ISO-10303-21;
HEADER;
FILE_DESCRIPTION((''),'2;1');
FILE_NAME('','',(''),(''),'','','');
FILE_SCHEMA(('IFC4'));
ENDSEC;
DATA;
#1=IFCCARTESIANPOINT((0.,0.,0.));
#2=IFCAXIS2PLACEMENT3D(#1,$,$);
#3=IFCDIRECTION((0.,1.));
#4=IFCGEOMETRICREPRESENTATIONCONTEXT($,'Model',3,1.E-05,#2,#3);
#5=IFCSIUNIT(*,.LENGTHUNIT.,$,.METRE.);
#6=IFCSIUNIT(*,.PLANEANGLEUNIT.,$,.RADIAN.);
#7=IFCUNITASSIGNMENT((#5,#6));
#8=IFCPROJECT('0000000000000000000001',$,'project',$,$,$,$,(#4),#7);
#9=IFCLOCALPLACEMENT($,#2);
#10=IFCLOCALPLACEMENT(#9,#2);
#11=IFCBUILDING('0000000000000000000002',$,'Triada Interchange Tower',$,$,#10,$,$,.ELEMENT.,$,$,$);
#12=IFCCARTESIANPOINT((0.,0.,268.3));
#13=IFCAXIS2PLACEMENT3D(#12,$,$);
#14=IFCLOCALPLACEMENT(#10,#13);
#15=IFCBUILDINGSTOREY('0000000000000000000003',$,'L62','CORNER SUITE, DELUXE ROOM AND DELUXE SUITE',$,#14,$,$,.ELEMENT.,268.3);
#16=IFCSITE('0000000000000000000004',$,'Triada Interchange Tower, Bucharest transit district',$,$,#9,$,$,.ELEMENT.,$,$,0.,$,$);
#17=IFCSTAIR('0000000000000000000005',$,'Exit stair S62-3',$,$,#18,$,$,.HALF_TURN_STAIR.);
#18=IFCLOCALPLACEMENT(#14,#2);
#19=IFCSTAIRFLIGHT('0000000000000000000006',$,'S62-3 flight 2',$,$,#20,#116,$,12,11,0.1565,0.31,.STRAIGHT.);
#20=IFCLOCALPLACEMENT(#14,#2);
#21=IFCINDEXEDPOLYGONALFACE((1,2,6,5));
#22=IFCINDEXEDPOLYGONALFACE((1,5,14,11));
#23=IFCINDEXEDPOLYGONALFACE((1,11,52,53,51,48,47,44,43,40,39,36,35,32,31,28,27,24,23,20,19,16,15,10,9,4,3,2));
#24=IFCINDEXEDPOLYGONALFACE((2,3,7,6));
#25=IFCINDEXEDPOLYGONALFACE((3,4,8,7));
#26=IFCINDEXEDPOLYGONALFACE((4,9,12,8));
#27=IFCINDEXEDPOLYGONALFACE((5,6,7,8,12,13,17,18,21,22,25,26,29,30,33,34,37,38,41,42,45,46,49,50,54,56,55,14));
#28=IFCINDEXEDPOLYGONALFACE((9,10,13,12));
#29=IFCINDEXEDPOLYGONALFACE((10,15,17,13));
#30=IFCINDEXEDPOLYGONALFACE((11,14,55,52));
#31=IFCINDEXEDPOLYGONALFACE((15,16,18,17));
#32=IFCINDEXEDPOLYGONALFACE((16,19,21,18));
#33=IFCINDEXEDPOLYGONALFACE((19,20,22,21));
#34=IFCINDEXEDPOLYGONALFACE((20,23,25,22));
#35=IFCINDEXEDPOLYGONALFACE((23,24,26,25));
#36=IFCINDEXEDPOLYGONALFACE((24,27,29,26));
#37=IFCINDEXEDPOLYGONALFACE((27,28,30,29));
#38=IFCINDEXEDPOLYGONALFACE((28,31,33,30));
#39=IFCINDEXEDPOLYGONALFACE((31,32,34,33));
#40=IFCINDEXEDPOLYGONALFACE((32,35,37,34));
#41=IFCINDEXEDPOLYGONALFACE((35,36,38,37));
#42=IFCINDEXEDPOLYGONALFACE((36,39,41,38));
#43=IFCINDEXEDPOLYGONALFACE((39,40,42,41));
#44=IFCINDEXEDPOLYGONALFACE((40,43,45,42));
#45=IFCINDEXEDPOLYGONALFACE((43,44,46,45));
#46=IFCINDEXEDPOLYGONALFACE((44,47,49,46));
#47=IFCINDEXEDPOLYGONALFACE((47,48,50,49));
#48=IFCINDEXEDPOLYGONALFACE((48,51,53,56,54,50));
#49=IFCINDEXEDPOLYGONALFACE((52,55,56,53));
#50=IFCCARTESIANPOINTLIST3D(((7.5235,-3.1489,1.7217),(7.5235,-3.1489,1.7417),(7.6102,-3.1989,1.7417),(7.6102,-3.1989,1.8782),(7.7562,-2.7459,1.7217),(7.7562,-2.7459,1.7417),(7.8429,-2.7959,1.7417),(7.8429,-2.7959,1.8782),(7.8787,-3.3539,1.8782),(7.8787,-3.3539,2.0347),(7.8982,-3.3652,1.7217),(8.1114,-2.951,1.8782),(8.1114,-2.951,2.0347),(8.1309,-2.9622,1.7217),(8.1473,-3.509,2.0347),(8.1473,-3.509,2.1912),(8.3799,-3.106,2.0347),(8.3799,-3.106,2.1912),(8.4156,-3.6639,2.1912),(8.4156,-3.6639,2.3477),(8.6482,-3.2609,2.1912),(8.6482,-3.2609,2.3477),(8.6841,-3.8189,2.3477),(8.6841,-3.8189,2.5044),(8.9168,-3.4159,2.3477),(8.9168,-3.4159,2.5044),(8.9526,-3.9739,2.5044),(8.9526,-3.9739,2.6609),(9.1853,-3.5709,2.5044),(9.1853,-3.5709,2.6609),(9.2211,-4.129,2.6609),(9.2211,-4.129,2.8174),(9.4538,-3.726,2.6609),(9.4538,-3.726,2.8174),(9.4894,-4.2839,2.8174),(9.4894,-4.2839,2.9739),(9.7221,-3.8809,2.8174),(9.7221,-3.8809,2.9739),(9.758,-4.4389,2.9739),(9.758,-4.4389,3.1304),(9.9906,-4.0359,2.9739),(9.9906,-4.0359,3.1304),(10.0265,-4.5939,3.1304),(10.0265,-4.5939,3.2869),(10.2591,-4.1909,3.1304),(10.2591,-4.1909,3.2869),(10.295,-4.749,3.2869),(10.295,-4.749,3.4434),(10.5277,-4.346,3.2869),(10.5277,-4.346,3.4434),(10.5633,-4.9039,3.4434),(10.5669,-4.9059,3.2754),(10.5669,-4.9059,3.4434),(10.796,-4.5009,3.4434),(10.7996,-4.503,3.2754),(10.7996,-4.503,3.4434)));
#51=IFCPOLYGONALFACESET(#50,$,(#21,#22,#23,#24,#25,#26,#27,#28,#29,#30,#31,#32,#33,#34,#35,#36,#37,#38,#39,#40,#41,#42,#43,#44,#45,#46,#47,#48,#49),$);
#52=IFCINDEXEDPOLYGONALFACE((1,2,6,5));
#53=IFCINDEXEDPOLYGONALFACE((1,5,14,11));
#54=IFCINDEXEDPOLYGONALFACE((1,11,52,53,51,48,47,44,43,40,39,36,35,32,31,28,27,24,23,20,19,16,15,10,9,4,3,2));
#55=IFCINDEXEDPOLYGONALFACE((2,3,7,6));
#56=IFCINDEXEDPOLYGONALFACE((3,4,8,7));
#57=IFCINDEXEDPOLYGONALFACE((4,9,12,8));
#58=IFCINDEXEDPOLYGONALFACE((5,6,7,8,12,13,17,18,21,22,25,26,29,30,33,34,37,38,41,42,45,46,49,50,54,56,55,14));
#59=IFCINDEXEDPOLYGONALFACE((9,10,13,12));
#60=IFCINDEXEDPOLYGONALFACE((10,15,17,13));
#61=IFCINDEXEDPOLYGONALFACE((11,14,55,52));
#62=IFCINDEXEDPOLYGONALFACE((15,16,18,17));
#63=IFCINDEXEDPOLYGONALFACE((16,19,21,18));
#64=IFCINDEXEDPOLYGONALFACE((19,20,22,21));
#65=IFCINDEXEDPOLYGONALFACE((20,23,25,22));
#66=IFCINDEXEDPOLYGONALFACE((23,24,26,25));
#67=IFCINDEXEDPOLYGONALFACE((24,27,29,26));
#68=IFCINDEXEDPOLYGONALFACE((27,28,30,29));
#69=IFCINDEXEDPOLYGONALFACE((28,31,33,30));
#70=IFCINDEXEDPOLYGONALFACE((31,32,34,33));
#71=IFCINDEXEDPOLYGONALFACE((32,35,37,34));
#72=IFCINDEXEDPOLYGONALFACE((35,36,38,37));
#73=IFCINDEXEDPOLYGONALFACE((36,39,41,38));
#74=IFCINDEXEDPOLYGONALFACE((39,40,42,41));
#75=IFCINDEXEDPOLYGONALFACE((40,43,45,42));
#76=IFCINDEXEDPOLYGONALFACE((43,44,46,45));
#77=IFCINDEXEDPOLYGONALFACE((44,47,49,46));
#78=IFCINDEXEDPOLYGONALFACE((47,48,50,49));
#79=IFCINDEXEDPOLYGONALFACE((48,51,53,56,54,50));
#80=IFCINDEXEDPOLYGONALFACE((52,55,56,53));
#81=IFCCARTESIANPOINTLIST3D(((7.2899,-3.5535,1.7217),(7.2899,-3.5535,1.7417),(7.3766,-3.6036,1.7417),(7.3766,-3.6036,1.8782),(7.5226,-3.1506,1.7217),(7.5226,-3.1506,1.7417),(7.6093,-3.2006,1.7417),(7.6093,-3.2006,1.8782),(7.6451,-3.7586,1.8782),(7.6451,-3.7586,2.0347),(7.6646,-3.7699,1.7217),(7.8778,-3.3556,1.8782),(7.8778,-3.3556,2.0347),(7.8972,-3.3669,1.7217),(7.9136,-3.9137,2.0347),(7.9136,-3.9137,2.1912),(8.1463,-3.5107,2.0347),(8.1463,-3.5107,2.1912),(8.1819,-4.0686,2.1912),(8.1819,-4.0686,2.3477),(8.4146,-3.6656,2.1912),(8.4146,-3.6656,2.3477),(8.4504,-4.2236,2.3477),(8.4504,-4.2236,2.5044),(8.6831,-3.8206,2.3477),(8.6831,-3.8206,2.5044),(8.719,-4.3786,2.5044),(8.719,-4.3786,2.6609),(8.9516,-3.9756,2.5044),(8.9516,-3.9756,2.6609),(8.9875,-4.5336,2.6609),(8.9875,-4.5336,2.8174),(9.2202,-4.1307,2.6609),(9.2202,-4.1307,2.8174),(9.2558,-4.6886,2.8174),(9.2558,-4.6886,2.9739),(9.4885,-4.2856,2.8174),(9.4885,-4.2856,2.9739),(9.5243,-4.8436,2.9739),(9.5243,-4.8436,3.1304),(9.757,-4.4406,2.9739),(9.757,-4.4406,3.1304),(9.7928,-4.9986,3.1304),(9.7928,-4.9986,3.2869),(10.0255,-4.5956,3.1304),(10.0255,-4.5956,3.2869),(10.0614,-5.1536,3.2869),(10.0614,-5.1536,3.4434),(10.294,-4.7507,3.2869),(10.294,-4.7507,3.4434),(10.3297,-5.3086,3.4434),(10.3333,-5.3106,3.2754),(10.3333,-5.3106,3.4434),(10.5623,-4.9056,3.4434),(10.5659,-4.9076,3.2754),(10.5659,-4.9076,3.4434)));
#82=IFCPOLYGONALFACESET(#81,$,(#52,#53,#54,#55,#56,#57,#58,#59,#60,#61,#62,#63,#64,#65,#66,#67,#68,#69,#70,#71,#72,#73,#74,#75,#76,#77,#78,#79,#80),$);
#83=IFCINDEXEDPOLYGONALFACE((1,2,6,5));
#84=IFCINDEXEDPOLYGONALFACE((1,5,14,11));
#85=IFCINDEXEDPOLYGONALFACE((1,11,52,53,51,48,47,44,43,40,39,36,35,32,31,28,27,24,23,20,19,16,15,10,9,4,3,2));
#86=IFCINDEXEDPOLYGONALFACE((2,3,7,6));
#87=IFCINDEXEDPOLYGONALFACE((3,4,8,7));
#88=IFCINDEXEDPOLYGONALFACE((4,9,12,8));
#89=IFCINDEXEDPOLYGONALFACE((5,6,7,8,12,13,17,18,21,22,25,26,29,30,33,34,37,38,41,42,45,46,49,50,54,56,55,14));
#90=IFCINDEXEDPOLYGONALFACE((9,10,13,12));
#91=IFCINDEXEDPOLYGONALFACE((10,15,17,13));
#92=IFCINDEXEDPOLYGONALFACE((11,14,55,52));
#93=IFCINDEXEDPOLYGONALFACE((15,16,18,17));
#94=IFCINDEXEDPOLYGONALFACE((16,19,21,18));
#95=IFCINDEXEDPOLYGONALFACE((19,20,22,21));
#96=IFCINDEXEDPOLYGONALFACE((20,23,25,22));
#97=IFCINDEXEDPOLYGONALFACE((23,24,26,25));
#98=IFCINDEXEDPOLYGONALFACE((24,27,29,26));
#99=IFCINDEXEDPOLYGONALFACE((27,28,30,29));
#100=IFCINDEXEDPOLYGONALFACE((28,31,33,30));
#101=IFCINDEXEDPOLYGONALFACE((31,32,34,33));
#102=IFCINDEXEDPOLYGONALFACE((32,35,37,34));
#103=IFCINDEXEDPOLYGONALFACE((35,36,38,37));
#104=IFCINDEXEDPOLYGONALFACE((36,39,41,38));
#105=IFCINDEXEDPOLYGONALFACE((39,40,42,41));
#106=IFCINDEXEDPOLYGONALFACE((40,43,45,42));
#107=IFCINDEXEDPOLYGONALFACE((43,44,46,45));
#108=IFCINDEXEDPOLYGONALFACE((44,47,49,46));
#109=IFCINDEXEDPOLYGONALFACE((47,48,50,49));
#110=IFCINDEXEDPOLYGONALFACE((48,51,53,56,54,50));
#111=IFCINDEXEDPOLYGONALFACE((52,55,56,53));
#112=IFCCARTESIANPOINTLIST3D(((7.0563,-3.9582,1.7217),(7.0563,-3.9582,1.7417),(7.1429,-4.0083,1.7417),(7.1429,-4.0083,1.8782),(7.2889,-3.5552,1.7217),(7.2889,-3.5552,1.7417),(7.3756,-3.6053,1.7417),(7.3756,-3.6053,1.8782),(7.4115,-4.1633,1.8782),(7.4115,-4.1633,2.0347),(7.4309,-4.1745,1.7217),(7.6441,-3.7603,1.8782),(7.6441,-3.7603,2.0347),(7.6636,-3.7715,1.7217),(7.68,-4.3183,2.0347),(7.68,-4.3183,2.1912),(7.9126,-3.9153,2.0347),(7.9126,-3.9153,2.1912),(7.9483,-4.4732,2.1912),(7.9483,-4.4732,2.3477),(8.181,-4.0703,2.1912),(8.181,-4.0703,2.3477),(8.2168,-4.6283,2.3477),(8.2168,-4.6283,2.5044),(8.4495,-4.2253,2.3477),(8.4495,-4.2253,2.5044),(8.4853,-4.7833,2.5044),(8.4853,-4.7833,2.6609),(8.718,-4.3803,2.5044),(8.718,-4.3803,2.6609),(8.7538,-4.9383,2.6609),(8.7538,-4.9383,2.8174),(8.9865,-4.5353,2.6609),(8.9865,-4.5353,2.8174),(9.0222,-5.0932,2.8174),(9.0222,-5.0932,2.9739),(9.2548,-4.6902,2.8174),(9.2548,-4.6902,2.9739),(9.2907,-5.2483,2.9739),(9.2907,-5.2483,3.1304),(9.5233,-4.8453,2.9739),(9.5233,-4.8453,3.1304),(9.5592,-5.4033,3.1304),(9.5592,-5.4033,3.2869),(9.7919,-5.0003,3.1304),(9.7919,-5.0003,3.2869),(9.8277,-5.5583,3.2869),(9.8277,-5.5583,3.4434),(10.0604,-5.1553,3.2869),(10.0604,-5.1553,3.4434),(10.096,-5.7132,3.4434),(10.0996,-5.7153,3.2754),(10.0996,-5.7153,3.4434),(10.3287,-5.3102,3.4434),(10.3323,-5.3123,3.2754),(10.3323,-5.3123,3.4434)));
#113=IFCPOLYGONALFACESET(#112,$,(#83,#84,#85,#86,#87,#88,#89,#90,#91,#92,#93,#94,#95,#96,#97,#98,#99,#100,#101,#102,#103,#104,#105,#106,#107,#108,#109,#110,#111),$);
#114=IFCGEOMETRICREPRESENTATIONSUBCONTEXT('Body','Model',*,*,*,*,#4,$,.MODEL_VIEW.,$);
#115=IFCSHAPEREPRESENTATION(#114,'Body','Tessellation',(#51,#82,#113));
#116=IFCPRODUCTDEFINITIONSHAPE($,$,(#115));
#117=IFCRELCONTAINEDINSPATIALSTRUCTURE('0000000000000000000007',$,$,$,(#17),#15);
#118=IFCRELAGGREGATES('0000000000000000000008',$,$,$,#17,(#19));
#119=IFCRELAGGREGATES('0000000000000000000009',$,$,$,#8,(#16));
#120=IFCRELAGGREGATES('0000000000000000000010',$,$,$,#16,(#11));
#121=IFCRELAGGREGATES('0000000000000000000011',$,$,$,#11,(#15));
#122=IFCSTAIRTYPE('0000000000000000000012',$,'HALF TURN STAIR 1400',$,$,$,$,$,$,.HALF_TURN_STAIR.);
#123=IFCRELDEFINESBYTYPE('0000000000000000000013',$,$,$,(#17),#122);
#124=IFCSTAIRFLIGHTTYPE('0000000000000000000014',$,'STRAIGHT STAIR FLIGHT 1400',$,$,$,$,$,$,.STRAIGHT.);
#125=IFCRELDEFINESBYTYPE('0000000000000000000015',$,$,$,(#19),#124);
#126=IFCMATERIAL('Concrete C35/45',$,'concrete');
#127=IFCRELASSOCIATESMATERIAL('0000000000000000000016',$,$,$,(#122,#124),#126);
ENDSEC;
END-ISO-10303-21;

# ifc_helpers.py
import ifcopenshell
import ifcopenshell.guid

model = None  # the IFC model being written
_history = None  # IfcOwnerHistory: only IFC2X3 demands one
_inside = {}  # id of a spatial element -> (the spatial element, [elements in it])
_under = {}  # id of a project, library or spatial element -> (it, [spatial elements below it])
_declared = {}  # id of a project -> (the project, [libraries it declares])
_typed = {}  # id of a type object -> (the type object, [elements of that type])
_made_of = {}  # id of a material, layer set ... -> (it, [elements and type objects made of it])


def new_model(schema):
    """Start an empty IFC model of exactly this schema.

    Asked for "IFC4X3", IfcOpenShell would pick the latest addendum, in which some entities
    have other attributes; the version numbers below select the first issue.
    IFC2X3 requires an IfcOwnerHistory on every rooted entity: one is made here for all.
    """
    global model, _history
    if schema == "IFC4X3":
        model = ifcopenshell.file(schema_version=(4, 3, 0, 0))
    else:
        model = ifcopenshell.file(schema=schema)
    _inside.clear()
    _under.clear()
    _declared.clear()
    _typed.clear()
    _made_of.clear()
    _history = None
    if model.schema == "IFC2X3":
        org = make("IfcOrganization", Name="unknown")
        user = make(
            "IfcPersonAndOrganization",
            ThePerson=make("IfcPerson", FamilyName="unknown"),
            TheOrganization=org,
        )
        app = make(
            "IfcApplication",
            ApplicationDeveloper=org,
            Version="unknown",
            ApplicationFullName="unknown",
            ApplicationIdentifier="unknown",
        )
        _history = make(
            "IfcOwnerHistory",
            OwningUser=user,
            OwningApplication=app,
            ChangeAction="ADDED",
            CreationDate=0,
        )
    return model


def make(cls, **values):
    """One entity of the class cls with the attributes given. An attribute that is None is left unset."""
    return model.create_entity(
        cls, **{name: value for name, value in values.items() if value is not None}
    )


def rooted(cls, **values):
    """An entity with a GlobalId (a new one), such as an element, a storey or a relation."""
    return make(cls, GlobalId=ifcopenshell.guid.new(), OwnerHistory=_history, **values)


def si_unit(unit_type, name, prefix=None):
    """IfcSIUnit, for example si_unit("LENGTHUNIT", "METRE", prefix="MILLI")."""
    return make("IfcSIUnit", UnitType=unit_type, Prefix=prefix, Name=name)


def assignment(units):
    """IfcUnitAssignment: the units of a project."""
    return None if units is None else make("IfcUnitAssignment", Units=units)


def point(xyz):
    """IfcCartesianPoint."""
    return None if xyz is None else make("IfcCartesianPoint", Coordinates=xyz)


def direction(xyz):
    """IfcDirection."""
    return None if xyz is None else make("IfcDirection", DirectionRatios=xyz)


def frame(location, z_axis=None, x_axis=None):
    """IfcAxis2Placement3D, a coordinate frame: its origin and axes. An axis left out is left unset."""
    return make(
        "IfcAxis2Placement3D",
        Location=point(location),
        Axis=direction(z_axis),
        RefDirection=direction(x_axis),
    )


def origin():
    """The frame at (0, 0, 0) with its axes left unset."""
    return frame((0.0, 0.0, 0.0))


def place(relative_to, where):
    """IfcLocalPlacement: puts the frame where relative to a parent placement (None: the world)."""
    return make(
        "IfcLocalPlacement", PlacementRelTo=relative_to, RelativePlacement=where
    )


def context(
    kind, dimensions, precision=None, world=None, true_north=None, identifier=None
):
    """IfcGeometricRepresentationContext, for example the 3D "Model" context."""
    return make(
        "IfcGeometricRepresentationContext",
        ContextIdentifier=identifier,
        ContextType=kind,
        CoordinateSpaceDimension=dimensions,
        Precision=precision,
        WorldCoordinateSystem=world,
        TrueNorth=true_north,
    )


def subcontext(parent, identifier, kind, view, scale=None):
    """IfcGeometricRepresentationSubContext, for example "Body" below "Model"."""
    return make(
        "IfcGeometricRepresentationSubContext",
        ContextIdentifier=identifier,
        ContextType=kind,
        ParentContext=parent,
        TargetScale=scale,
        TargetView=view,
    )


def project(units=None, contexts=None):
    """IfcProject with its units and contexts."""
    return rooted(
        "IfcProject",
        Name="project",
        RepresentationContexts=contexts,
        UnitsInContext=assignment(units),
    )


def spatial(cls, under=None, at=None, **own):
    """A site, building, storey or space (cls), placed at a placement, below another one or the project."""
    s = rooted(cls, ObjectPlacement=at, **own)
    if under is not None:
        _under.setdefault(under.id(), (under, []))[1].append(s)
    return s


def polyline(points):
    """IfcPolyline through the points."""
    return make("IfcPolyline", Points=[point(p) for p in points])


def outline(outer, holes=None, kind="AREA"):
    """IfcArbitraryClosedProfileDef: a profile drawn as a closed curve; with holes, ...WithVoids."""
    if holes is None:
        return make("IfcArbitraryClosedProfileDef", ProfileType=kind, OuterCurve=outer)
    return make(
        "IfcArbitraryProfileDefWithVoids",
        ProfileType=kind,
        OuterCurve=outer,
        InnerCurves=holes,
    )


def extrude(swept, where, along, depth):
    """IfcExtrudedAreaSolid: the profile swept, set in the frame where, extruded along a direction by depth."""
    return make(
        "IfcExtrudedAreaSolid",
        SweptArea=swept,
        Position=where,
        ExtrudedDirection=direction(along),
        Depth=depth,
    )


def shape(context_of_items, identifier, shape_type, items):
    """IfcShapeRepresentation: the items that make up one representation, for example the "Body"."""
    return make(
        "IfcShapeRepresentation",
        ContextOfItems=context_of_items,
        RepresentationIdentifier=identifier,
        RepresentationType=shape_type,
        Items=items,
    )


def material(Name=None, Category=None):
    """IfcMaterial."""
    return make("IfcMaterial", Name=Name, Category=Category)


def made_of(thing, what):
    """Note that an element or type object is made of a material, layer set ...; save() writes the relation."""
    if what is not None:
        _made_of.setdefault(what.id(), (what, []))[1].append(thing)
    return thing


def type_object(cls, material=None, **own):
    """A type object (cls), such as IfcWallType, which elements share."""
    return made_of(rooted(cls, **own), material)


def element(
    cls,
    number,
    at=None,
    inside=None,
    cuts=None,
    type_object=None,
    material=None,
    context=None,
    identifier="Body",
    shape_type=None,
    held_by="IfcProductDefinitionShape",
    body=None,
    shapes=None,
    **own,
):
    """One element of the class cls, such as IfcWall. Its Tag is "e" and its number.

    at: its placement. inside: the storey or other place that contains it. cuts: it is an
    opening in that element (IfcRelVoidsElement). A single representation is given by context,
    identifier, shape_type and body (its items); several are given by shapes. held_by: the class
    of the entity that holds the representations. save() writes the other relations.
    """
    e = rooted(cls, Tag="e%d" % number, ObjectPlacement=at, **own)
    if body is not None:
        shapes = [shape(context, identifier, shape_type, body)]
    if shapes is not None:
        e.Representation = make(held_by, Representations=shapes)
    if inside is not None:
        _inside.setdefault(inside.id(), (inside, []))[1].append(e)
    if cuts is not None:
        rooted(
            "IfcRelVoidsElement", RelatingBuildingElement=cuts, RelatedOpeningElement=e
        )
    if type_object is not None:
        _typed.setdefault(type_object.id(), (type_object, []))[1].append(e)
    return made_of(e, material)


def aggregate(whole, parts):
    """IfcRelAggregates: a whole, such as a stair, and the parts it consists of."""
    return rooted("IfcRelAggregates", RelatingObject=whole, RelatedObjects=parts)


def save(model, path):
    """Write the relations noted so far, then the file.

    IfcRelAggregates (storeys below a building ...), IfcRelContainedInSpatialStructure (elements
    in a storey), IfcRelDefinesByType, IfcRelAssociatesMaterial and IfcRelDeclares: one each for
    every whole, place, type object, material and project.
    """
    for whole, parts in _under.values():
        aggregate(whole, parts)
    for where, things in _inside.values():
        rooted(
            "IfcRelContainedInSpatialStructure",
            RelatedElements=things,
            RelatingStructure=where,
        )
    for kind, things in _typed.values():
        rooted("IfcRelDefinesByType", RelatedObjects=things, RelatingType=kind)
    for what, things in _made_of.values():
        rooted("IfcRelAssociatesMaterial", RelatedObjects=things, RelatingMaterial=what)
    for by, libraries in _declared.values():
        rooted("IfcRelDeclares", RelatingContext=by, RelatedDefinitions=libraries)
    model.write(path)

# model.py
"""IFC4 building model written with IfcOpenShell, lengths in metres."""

from ifc_helpers import new_model, si_unit, direction, frame, origin, place, context, subcontext, project, spatial, polyline, outline, extrude, material, type_object, element, aggregate, save


model = new_model("IFC4")

# Units and contexts
model_context = context("Model", 3, precision=1e-05, world=origin(), true_north=direction((0.0, 1.0)))
body_context = subcontext(model_context, "Body", "Model", "MODEL_VIEW")
ifc_project = project(units=[si_unit("LENGTHUNIT", "METRE"), si_unit("PLANEANGLEUNIT", "RADIAN")], contexts=[model_context])

# Site, building, storey
site_placement = place(None, origin())
site = spatial("IfcSite", under=ifc_project, at=site_placement, Name="Triada Interchange Tower, Bucharest transit district", CompositionType="ELEMENT", RefElevation=0.0)
building_placement = place(site_placement, origin())
building = spatial("IfcBuilding", under=site, at=building_placement, Name="Triada Interchange Tower", CompositionType="ELEMENT")
storey_placement = place(building_placement, frame((0.0, 0.0, 268.3)))
storey = spatial("IfcBuildingStorey", under=building, at=storey_placement, Name="L62", Description="CORNER SUITE, DELUXE ROOM AND DELUXE SUITE", CompositionType="ELEMENT", Elevation=268.3)

# Stair, stair flight
ifc_material_1 = material(Name="Concrete C35/45", Category="concrete")
stair_type = type_object("IfcStairType", Name="HALF TURN STAIR 1400", PredefinedType="HALF_TURN_STAIR", material=ifc_material_1)
stair_placement = place(storey_placement, origin())
stair = element("IfcStair", 1, at=stair_placement, inside=storey, type_object=stair_type, Name="Exit stair S62-3", PredefinedType="HALF_TURN_STAIR")
stair_flight_type = type_object("IfcStairFlightType", Name="STRAIGHT STAIR FLIGHT 1400", PredefinedType="STRAIGHT", material=ifc_material_1)
stair_flight_1_placement = place(storey_placement, frame((7.4929, -3.4021, 1.7217), z_axis=(0.0, 0.0, 1.0), x_axis=(0.866025, -0.5, 0.0)))
stair_flight_1 = element("IfcStairFlight", 2, at=stair_flight_1_placement, type_object=stair_flight_type, Name="S62-3 flight 2", NumberOfRisers=12, NumberOfTreads=11, PredefinedType="STRAIGHT", RiserHeight=0.1565, TreadLength=0.31, context=body_context, shape_type="SweptSolid", body=[
    extrude(outline(polyline([(-0.1001, 0.0), (-0.1001, 0.02), (0.0, 0.02), (0.0, 0.1565), (0.3101, 0.1565), (0.3101, 0.313), (0.6201, 0.313), (0.6201, 0.4695), (0.9299, 0.4695), (0.9299, 0.626), (1.24, 0.626), (1.24, 0.7827), (1.55, 0.7827), (1.55, 0.9392), (1.8601, 0.9392), (1.8601, 1.0957), (2.1699, 1.0957), (2.1699, 1.2522), (2.48, 1.2522), (2.48, 1.4087), (2.79, 1.4087), (2.79, 1.5652), (3.1001, 1.5652), (3.1001, 1.7217), (3.4099, 1.7217), (3.4141, 1.7217), (3.4141, 1.8782), (3.4141, 1.5537), (0.3325, 0.0), (-0.1001, 0.0)])), frame((0.0, 0.7, 0.0), z_axis=(0.0, -1.0, 0.0), x_axis=(1.0, 0.0, 0.0)), (0.0, 0.0, 1.0), 0.4653),
    extrude(outline(polyline([(-0.1001, 0.0), (-0.1001, 0.02), (0.0, 0.02), (0.0, 0.1565), (0.3101, 0.1565), (0.3101, 0.313), (0.6201, 0.313), (0.6201, 0.4695), (0.9299, 0.4695), (0.9299, 0.626), (1.24, 0.626), (1.24, 0.7827), (1.55, 0.7827), (1.55, 0.9392), (1.8601, 0.9392), (1.8601, 1.0957), (2.1699, 1.0957), (2.1699, 1.2522), (2.48, 1.2522), (2.48, 1.4087), (2.79, 1.4087), (2.79, 1.5652), (3.1001, 1.5652), (3.1001, 1.7217), (3.4099, 1.7217), (3.4141, 1.7217), (3.4141, 1.8782), (3.4141, 1.5537), (0.3325, 0.0), (-0.1001, 0.0)])), frame((0.0, 0.2327, 0.0), z_axis=(0.0, -1.0, 0.0), x_axis=(1.0, 0.0, 0.0)), (0.0, 0.0, 1.0), 0.4653),
    extrude(outline(polyline([(-0.1001, 0.0), (-0.1001, 0.02), (0.0, 0.02), (0.0, 0.1565), (0.3101, 0.1565), (0.3101, 0.313), (0.6201, 0.313), (0.6201, 0.4695), (0.9299, 0.4695), (0.9299, 0.626), (1.24, 0.626), (1.24, 0.7827), (1.55, 0.7827), (1.55, 0.9392), (1.8601, 0.9392), (1.8601, 1.0957), (2.1699, 1.0957), (2.1699, 1.2522), (2.48, 1.2522), (2.48, 1.4087), (2.79, 1.4087), (2.79, 1.5652), (3.1001, 1.5652), (3.1001, 1.7217), (3.4099, 1.7217), (3.4141, 1.7217), (3.4141, 1.8782), (3.4141, 1.5537), (0.3325, 0.0), (-0.1001, 0.0)])), frame((0.0, -0.2346, 0.0), z_axis=(0.0, -1.0, 0.0), x_axis=(1.0, 0.0, 0.0)), (0.0, 0.0, 1.0), 0.4653),
])
aggregate(stair, [stair_flight_1])

save(model, "model.ifc")
